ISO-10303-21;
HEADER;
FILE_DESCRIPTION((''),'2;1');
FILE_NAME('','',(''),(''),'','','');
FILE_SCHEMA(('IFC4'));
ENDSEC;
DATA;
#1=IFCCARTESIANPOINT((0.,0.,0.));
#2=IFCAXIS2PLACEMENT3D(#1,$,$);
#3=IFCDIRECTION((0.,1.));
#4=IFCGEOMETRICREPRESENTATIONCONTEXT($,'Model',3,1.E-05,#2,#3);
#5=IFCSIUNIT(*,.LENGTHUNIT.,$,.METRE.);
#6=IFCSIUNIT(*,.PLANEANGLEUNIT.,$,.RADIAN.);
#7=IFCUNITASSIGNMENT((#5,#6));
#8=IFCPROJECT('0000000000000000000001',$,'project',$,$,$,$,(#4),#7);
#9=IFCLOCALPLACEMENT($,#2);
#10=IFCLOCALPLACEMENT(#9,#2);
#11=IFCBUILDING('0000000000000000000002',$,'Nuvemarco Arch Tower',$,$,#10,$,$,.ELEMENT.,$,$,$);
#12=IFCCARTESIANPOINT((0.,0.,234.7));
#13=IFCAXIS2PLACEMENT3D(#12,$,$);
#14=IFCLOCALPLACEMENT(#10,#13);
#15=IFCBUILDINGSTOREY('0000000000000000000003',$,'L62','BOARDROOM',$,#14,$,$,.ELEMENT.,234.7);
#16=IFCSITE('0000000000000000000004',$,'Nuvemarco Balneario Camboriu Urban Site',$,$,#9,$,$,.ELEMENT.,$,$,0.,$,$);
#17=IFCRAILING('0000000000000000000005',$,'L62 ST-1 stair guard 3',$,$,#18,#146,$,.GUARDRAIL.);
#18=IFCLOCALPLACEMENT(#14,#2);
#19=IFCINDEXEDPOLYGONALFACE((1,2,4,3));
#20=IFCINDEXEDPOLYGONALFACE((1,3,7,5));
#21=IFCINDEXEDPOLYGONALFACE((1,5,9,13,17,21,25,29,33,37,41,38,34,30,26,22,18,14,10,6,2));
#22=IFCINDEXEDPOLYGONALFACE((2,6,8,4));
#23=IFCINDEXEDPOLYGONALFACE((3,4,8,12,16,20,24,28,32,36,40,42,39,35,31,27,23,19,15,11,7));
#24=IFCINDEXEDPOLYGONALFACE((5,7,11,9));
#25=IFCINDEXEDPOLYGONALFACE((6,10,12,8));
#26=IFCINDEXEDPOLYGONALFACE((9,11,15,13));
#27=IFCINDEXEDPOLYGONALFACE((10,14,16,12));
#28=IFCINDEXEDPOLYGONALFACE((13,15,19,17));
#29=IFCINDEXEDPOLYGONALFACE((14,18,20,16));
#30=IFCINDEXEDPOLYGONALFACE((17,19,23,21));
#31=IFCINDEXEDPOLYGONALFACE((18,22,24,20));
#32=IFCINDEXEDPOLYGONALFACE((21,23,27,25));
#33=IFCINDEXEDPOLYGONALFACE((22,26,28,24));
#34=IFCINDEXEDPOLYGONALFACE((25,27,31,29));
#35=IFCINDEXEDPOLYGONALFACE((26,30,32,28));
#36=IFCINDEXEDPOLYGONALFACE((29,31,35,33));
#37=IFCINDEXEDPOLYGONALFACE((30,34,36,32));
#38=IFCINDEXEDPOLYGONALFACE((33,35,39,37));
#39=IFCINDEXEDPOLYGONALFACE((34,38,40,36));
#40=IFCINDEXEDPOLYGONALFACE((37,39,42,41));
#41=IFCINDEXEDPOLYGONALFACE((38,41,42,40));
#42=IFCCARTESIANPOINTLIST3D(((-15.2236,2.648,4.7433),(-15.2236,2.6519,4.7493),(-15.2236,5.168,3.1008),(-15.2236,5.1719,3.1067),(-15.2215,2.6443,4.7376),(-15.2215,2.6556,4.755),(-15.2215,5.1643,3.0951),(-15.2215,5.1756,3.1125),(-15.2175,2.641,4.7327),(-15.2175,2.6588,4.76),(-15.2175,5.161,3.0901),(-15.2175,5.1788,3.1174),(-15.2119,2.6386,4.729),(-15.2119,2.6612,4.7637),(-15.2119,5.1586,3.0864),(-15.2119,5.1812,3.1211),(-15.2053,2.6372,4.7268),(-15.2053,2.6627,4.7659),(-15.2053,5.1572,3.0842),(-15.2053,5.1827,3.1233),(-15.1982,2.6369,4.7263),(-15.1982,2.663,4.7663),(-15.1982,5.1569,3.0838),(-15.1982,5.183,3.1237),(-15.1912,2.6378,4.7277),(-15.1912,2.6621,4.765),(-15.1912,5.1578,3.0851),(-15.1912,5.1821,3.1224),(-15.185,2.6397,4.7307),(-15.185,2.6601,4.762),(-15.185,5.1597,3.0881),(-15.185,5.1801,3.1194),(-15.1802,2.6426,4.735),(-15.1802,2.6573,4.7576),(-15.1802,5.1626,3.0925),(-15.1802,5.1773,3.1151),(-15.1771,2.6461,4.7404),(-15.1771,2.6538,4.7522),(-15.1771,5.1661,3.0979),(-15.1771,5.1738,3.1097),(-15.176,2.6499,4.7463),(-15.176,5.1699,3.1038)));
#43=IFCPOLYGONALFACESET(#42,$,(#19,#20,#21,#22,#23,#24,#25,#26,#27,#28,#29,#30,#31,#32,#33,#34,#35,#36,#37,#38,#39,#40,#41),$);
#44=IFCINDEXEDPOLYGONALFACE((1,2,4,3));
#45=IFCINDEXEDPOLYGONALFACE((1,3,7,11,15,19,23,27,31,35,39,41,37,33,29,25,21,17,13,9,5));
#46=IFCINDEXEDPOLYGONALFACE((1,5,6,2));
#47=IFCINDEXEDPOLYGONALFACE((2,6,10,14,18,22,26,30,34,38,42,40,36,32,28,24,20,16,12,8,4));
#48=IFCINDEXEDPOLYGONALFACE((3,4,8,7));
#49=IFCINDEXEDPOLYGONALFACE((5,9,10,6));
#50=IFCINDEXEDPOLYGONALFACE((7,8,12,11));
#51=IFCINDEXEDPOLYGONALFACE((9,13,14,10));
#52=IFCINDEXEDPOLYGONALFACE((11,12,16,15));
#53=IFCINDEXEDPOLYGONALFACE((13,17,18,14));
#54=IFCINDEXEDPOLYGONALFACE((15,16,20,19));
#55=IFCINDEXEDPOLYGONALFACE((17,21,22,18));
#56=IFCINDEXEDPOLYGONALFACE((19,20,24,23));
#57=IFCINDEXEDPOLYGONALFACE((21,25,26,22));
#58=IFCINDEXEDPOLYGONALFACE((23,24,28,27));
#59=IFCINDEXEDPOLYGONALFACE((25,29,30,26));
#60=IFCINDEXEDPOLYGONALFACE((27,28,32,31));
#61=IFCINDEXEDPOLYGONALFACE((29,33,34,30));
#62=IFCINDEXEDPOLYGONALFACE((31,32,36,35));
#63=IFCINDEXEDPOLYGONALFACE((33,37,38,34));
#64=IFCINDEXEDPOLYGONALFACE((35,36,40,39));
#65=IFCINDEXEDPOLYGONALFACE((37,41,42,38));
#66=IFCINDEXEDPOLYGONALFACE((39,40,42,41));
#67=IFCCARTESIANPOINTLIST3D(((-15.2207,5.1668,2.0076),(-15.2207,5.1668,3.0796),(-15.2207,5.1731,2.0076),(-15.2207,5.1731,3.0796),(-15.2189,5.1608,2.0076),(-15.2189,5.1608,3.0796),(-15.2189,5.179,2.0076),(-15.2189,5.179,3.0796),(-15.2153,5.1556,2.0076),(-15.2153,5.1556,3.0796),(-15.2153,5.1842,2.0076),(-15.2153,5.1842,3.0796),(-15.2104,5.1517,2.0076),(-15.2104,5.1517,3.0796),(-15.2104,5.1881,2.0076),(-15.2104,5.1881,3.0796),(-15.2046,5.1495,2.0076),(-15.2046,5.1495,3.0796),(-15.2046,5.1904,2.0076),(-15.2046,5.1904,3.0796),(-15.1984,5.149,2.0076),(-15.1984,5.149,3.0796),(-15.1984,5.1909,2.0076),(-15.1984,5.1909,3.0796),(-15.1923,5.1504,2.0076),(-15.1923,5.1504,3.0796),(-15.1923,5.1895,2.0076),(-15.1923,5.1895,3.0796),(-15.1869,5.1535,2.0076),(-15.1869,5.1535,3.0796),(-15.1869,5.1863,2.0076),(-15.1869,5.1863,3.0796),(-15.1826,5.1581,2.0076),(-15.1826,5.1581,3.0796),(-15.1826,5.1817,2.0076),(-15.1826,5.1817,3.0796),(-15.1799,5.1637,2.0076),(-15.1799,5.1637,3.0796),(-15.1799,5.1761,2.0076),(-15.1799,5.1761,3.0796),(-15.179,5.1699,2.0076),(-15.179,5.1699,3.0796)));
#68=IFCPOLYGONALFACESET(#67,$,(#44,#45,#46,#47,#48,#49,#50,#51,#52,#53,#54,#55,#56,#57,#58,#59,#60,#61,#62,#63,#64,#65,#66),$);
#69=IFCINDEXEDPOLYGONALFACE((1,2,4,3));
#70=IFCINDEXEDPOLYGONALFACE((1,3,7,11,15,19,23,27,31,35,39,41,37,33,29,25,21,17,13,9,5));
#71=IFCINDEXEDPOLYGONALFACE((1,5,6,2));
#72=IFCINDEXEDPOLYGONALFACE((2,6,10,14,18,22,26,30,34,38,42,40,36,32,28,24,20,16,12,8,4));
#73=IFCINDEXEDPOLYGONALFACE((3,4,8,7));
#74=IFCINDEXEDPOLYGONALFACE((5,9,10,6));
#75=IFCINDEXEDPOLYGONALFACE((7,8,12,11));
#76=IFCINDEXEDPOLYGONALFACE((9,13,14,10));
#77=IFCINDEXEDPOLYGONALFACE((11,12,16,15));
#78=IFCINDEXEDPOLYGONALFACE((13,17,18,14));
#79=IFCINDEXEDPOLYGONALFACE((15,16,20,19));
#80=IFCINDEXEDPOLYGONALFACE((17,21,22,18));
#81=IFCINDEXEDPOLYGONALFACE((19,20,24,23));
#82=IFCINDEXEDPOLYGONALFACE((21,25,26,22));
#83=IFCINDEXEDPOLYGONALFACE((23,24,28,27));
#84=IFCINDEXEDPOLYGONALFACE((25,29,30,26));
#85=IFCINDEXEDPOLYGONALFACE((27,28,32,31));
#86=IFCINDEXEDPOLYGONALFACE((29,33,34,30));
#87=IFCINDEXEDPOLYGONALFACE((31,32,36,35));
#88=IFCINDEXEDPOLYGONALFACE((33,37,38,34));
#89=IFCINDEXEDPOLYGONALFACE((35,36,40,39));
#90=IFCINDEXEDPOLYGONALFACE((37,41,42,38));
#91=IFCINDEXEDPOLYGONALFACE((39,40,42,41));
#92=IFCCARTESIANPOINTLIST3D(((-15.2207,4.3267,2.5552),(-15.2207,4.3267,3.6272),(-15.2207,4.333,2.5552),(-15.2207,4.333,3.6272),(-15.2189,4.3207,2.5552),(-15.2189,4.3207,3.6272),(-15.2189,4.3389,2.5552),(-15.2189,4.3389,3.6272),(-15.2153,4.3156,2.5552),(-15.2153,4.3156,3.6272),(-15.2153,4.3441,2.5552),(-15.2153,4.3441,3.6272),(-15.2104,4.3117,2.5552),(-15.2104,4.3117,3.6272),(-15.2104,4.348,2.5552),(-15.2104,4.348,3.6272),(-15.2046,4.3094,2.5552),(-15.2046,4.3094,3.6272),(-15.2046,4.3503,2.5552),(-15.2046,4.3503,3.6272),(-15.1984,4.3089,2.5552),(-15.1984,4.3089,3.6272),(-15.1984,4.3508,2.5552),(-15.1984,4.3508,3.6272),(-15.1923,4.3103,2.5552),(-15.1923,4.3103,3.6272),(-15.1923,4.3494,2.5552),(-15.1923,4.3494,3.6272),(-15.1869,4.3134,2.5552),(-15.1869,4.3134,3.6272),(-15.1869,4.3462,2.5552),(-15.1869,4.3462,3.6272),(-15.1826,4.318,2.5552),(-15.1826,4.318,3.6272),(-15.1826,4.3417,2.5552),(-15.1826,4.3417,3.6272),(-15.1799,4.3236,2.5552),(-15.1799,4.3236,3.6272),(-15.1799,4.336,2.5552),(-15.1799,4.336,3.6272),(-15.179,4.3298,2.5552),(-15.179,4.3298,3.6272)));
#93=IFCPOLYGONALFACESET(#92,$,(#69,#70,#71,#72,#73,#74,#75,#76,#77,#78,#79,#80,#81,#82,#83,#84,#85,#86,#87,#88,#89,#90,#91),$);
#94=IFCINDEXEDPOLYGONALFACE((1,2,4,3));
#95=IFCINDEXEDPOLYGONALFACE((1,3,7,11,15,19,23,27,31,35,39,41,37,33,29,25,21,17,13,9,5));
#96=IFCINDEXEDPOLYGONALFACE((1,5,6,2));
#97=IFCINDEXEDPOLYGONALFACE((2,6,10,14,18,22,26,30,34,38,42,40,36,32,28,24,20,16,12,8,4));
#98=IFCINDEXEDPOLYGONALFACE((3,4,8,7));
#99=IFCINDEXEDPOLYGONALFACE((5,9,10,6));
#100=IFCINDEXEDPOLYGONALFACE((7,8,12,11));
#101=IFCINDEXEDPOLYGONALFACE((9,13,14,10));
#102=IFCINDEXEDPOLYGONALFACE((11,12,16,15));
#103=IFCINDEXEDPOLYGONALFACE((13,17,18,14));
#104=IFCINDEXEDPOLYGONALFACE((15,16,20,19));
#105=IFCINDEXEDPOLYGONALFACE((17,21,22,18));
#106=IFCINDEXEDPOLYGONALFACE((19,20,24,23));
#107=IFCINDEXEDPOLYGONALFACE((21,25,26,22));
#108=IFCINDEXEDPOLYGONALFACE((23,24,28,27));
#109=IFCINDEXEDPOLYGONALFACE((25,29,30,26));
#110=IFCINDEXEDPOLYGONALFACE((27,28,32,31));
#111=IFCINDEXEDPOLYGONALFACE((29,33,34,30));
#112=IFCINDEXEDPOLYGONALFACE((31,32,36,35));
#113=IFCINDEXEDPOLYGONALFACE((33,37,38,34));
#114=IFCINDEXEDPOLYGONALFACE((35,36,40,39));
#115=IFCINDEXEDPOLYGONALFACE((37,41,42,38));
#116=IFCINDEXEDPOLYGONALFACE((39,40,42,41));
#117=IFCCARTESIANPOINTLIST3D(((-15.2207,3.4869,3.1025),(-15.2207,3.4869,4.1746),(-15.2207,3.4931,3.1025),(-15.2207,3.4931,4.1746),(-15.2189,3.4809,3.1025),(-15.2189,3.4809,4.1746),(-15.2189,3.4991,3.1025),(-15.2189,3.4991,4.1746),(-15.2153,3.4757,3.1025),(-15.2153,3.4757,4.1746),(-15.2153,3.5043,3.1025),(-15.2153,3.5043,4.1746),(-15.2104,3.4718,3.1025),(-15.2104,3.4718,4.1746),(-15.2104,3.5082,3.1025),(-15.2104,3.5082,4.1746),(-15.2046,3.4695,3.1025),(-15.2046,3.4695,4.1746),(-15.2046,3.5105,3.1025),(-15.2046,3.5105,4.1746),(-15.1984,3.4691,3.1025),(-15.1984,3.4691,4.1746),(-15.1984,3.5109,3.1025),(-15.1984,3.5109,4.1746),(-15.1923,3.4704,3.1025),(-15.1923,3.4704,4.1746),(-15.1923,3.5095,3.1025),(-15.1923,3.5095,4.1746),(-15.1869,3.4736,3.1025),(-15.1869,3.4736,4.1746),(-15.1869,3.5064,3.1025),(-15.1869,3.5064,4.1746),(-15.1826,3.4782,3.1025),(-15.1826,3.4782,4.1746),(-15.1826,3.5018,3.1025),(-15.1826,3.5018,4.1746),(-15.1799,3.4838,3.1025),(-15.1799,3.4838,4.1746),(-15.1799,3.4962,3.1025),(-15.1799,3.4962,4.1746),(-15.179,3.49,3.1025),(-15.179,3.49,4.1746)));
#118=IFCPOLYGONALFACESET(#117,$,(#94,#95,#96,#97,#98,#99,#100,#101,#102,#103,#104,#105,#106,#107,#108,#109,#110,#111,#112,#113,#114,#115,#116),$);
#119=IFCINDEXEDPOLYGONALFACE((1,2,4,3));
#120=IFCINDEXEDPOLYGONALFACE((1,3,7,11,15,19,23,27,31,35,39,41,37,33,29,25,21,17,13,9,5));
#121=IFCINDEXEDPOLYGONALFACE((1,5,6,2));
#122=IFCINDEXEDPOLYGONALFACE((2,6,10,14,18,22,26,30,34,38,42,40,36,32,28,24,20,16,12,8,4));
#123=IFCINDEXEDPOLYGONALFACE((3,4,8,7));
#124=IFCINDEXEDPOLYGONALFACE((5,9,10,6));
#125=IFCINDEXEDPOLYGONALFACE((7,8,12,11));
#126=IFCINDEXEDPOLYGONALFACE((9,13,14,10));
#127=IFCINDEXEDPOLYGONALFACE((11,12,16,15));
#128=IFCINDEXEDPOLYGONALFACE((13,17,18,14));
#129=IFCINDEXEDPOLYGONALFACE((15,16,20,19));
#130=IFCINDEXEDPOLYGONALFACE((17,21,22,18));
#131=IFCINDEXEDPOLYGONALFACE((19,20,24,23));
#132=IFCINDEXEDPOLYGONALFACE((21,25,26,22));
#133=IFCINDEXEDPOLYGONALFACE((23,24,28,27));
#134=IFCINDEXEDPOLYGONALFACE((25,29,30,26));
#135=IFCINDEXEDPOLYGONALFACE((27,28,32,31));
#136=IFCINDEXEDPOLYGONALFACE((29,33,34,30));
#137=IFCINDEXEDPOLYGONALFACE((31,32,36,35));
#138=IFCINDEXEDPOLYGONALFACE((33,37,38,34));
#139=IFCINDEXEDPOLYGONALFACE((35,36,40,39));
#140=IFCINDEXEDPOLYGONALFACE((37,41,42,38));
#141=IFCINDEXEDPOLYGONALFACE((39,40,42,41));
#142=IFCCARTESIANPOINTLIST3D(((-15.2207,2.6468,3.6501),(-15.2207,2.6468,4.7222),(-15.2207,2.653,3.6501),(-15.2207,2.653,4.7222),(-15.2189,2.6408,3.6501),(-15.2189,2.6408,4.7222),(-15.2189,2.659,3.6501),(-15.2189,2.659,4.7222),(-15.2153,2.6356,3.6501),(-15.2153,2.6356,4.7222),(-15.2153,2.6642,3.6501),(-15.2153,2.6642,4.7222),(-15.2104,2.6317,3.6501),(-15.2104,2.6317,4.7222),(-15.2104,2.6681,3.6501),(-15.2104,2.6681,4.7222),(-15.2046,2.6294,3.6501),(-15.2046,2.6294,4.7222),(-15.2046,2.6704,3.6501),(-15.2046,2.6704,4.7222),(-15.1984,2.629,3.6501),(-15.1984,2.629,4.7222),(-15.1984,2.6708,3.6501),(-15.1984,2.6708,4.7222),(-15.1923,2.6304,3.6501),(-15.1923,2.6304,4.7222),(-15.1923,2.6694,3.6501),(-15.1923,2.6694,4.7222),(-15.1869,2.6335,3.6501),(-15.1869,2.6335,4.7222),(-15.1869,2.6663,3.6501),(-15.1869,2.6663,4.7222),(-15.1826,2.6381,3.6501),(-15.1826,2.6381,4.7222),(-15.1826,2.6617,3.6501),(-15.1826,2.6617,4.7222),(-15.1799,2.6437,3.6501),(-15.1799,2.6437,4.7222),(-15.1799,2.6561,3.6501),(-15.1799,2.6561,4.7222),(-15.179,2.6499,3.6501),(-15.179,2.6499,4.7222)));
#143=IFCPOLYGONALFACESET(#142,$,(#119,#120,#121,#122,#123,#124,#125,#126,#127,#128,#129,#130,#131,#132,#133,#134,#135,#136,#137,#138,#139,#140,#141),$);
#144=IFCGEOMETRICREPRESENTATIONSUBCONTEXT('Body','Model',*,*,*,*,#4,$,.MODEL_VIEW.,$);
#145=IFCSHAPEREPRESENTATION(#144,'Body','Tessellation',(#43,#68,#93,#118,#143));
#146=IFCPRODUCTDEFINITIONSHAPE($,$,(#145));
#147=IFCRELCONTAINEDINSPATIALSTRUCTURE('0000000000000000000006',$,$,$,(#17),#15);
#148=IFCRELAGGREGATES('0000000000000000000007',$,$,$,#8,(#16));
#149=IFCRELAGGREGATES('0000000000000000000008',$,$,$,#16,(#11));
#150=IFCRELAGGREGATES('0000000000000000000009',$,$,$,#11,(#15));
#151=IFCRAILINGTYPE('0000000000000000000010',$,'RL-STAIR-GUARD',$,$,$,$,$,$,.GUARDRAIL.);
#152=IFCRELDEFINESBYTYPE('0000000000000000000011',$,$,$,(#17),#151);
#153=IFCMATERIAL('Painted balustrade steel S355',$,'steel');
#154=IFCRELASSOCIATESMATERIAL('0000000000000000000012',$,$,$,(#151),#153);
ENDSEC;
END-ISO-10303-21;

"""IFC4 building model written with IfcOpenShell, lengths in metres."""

from ifc_helpers import new_model, si_unit, direction, frame, origin, origin_2d, place, context, subcontext, project, spatial, circle, extrude, material, type_object, element, save


model = new_model("IFC4")

# Units and contexts
model_context = context("Model", 3, precision=1e-05, world=origin(), true_north=direction((0.0, 1.0)))
body_context = subcontext(model_context, "Body", "Model", "MODEL_VIEW")
ifc_project = project(units=[si_unit("LENGTHUNIT", "METRE"), si_unit("PLANEANGLEUNIT", "RADIAN")], contexts=[model_context])

# Site, building, storey
site_placement = place(None, origin())
site = spatial("IfcSite", under=ifc_project, at=site_placement, Name="Nuvemarco Balneario Camboriu Urban Site", CompositionType="ELEMENT", RefElevation=0.0)
building_placement = place(site_placement, origin())
building = spatial("IfcBuilding", under=site, at=building_placement, Name="Nuvemarco Arch Tower", CompositionType="ELEMENT")
storey_placement = place(building_placement, frame((0.0, 0.0, 234.7)))
storey = spatial("IfcBuildingStorey", under=building, at=storey_placement, Name="L62", Description="BOARDROOM", CompositionType="ELEMENT", Elevation=234.7)

# Railing
ifc_material_1 = material(Name="Painted balustrade steel S355", Category="steel")
railing_type_1 = type_object("IfcRailingType", Name="RL-STAIR-GUARD", PredefinedType="GUARDRAIL", material=ifc_material_1)
railing_1_placement = place(storey_placement, frame((-15.2, 5.1699, 2.0076)))
element("IfcRailing", 1, at=railing_1_placement, inside=storey, type_object=railing_type_1, Name="L62 ST-1 stair guard 3", PredefinedType="GUARDRAIL", context=body_context, shape_type="SweptSolid", body=[
    extrude(circle(Radius=0.0239, at=origin_2d()), frame((0.0, 0.0, 1.0962), z_axis=(0.0, -0.837749, 0.546055), x_axis=(1.0, 0.0, 0.0)), (0.0, 0.0, 1.0), 3.0081),
    extrude(circle(Radius=0.021, at=origin_2d()), origin(), (0.0, 0.0, 1.0), 1.072),
    extrude(circle(Radius=0.021, at=origin_2d()), frame((0.0, -0.8401, 0.5476)), (0.0, 0.0, 1.0), 1.072),
    extrude(circle(Radius=0.021, at=origin_2d()), frame((0.0, -1.6799, 1.095)), (0.0, 0.0, 1.0), 1.072),
    extrude(circle(Radius=0.021, at=origin_2d()), frame((0.0, -2.52, 1.6426)), (0.0, 0.0, 1.0), 1.072),
])

save(model, "model.ifc")
